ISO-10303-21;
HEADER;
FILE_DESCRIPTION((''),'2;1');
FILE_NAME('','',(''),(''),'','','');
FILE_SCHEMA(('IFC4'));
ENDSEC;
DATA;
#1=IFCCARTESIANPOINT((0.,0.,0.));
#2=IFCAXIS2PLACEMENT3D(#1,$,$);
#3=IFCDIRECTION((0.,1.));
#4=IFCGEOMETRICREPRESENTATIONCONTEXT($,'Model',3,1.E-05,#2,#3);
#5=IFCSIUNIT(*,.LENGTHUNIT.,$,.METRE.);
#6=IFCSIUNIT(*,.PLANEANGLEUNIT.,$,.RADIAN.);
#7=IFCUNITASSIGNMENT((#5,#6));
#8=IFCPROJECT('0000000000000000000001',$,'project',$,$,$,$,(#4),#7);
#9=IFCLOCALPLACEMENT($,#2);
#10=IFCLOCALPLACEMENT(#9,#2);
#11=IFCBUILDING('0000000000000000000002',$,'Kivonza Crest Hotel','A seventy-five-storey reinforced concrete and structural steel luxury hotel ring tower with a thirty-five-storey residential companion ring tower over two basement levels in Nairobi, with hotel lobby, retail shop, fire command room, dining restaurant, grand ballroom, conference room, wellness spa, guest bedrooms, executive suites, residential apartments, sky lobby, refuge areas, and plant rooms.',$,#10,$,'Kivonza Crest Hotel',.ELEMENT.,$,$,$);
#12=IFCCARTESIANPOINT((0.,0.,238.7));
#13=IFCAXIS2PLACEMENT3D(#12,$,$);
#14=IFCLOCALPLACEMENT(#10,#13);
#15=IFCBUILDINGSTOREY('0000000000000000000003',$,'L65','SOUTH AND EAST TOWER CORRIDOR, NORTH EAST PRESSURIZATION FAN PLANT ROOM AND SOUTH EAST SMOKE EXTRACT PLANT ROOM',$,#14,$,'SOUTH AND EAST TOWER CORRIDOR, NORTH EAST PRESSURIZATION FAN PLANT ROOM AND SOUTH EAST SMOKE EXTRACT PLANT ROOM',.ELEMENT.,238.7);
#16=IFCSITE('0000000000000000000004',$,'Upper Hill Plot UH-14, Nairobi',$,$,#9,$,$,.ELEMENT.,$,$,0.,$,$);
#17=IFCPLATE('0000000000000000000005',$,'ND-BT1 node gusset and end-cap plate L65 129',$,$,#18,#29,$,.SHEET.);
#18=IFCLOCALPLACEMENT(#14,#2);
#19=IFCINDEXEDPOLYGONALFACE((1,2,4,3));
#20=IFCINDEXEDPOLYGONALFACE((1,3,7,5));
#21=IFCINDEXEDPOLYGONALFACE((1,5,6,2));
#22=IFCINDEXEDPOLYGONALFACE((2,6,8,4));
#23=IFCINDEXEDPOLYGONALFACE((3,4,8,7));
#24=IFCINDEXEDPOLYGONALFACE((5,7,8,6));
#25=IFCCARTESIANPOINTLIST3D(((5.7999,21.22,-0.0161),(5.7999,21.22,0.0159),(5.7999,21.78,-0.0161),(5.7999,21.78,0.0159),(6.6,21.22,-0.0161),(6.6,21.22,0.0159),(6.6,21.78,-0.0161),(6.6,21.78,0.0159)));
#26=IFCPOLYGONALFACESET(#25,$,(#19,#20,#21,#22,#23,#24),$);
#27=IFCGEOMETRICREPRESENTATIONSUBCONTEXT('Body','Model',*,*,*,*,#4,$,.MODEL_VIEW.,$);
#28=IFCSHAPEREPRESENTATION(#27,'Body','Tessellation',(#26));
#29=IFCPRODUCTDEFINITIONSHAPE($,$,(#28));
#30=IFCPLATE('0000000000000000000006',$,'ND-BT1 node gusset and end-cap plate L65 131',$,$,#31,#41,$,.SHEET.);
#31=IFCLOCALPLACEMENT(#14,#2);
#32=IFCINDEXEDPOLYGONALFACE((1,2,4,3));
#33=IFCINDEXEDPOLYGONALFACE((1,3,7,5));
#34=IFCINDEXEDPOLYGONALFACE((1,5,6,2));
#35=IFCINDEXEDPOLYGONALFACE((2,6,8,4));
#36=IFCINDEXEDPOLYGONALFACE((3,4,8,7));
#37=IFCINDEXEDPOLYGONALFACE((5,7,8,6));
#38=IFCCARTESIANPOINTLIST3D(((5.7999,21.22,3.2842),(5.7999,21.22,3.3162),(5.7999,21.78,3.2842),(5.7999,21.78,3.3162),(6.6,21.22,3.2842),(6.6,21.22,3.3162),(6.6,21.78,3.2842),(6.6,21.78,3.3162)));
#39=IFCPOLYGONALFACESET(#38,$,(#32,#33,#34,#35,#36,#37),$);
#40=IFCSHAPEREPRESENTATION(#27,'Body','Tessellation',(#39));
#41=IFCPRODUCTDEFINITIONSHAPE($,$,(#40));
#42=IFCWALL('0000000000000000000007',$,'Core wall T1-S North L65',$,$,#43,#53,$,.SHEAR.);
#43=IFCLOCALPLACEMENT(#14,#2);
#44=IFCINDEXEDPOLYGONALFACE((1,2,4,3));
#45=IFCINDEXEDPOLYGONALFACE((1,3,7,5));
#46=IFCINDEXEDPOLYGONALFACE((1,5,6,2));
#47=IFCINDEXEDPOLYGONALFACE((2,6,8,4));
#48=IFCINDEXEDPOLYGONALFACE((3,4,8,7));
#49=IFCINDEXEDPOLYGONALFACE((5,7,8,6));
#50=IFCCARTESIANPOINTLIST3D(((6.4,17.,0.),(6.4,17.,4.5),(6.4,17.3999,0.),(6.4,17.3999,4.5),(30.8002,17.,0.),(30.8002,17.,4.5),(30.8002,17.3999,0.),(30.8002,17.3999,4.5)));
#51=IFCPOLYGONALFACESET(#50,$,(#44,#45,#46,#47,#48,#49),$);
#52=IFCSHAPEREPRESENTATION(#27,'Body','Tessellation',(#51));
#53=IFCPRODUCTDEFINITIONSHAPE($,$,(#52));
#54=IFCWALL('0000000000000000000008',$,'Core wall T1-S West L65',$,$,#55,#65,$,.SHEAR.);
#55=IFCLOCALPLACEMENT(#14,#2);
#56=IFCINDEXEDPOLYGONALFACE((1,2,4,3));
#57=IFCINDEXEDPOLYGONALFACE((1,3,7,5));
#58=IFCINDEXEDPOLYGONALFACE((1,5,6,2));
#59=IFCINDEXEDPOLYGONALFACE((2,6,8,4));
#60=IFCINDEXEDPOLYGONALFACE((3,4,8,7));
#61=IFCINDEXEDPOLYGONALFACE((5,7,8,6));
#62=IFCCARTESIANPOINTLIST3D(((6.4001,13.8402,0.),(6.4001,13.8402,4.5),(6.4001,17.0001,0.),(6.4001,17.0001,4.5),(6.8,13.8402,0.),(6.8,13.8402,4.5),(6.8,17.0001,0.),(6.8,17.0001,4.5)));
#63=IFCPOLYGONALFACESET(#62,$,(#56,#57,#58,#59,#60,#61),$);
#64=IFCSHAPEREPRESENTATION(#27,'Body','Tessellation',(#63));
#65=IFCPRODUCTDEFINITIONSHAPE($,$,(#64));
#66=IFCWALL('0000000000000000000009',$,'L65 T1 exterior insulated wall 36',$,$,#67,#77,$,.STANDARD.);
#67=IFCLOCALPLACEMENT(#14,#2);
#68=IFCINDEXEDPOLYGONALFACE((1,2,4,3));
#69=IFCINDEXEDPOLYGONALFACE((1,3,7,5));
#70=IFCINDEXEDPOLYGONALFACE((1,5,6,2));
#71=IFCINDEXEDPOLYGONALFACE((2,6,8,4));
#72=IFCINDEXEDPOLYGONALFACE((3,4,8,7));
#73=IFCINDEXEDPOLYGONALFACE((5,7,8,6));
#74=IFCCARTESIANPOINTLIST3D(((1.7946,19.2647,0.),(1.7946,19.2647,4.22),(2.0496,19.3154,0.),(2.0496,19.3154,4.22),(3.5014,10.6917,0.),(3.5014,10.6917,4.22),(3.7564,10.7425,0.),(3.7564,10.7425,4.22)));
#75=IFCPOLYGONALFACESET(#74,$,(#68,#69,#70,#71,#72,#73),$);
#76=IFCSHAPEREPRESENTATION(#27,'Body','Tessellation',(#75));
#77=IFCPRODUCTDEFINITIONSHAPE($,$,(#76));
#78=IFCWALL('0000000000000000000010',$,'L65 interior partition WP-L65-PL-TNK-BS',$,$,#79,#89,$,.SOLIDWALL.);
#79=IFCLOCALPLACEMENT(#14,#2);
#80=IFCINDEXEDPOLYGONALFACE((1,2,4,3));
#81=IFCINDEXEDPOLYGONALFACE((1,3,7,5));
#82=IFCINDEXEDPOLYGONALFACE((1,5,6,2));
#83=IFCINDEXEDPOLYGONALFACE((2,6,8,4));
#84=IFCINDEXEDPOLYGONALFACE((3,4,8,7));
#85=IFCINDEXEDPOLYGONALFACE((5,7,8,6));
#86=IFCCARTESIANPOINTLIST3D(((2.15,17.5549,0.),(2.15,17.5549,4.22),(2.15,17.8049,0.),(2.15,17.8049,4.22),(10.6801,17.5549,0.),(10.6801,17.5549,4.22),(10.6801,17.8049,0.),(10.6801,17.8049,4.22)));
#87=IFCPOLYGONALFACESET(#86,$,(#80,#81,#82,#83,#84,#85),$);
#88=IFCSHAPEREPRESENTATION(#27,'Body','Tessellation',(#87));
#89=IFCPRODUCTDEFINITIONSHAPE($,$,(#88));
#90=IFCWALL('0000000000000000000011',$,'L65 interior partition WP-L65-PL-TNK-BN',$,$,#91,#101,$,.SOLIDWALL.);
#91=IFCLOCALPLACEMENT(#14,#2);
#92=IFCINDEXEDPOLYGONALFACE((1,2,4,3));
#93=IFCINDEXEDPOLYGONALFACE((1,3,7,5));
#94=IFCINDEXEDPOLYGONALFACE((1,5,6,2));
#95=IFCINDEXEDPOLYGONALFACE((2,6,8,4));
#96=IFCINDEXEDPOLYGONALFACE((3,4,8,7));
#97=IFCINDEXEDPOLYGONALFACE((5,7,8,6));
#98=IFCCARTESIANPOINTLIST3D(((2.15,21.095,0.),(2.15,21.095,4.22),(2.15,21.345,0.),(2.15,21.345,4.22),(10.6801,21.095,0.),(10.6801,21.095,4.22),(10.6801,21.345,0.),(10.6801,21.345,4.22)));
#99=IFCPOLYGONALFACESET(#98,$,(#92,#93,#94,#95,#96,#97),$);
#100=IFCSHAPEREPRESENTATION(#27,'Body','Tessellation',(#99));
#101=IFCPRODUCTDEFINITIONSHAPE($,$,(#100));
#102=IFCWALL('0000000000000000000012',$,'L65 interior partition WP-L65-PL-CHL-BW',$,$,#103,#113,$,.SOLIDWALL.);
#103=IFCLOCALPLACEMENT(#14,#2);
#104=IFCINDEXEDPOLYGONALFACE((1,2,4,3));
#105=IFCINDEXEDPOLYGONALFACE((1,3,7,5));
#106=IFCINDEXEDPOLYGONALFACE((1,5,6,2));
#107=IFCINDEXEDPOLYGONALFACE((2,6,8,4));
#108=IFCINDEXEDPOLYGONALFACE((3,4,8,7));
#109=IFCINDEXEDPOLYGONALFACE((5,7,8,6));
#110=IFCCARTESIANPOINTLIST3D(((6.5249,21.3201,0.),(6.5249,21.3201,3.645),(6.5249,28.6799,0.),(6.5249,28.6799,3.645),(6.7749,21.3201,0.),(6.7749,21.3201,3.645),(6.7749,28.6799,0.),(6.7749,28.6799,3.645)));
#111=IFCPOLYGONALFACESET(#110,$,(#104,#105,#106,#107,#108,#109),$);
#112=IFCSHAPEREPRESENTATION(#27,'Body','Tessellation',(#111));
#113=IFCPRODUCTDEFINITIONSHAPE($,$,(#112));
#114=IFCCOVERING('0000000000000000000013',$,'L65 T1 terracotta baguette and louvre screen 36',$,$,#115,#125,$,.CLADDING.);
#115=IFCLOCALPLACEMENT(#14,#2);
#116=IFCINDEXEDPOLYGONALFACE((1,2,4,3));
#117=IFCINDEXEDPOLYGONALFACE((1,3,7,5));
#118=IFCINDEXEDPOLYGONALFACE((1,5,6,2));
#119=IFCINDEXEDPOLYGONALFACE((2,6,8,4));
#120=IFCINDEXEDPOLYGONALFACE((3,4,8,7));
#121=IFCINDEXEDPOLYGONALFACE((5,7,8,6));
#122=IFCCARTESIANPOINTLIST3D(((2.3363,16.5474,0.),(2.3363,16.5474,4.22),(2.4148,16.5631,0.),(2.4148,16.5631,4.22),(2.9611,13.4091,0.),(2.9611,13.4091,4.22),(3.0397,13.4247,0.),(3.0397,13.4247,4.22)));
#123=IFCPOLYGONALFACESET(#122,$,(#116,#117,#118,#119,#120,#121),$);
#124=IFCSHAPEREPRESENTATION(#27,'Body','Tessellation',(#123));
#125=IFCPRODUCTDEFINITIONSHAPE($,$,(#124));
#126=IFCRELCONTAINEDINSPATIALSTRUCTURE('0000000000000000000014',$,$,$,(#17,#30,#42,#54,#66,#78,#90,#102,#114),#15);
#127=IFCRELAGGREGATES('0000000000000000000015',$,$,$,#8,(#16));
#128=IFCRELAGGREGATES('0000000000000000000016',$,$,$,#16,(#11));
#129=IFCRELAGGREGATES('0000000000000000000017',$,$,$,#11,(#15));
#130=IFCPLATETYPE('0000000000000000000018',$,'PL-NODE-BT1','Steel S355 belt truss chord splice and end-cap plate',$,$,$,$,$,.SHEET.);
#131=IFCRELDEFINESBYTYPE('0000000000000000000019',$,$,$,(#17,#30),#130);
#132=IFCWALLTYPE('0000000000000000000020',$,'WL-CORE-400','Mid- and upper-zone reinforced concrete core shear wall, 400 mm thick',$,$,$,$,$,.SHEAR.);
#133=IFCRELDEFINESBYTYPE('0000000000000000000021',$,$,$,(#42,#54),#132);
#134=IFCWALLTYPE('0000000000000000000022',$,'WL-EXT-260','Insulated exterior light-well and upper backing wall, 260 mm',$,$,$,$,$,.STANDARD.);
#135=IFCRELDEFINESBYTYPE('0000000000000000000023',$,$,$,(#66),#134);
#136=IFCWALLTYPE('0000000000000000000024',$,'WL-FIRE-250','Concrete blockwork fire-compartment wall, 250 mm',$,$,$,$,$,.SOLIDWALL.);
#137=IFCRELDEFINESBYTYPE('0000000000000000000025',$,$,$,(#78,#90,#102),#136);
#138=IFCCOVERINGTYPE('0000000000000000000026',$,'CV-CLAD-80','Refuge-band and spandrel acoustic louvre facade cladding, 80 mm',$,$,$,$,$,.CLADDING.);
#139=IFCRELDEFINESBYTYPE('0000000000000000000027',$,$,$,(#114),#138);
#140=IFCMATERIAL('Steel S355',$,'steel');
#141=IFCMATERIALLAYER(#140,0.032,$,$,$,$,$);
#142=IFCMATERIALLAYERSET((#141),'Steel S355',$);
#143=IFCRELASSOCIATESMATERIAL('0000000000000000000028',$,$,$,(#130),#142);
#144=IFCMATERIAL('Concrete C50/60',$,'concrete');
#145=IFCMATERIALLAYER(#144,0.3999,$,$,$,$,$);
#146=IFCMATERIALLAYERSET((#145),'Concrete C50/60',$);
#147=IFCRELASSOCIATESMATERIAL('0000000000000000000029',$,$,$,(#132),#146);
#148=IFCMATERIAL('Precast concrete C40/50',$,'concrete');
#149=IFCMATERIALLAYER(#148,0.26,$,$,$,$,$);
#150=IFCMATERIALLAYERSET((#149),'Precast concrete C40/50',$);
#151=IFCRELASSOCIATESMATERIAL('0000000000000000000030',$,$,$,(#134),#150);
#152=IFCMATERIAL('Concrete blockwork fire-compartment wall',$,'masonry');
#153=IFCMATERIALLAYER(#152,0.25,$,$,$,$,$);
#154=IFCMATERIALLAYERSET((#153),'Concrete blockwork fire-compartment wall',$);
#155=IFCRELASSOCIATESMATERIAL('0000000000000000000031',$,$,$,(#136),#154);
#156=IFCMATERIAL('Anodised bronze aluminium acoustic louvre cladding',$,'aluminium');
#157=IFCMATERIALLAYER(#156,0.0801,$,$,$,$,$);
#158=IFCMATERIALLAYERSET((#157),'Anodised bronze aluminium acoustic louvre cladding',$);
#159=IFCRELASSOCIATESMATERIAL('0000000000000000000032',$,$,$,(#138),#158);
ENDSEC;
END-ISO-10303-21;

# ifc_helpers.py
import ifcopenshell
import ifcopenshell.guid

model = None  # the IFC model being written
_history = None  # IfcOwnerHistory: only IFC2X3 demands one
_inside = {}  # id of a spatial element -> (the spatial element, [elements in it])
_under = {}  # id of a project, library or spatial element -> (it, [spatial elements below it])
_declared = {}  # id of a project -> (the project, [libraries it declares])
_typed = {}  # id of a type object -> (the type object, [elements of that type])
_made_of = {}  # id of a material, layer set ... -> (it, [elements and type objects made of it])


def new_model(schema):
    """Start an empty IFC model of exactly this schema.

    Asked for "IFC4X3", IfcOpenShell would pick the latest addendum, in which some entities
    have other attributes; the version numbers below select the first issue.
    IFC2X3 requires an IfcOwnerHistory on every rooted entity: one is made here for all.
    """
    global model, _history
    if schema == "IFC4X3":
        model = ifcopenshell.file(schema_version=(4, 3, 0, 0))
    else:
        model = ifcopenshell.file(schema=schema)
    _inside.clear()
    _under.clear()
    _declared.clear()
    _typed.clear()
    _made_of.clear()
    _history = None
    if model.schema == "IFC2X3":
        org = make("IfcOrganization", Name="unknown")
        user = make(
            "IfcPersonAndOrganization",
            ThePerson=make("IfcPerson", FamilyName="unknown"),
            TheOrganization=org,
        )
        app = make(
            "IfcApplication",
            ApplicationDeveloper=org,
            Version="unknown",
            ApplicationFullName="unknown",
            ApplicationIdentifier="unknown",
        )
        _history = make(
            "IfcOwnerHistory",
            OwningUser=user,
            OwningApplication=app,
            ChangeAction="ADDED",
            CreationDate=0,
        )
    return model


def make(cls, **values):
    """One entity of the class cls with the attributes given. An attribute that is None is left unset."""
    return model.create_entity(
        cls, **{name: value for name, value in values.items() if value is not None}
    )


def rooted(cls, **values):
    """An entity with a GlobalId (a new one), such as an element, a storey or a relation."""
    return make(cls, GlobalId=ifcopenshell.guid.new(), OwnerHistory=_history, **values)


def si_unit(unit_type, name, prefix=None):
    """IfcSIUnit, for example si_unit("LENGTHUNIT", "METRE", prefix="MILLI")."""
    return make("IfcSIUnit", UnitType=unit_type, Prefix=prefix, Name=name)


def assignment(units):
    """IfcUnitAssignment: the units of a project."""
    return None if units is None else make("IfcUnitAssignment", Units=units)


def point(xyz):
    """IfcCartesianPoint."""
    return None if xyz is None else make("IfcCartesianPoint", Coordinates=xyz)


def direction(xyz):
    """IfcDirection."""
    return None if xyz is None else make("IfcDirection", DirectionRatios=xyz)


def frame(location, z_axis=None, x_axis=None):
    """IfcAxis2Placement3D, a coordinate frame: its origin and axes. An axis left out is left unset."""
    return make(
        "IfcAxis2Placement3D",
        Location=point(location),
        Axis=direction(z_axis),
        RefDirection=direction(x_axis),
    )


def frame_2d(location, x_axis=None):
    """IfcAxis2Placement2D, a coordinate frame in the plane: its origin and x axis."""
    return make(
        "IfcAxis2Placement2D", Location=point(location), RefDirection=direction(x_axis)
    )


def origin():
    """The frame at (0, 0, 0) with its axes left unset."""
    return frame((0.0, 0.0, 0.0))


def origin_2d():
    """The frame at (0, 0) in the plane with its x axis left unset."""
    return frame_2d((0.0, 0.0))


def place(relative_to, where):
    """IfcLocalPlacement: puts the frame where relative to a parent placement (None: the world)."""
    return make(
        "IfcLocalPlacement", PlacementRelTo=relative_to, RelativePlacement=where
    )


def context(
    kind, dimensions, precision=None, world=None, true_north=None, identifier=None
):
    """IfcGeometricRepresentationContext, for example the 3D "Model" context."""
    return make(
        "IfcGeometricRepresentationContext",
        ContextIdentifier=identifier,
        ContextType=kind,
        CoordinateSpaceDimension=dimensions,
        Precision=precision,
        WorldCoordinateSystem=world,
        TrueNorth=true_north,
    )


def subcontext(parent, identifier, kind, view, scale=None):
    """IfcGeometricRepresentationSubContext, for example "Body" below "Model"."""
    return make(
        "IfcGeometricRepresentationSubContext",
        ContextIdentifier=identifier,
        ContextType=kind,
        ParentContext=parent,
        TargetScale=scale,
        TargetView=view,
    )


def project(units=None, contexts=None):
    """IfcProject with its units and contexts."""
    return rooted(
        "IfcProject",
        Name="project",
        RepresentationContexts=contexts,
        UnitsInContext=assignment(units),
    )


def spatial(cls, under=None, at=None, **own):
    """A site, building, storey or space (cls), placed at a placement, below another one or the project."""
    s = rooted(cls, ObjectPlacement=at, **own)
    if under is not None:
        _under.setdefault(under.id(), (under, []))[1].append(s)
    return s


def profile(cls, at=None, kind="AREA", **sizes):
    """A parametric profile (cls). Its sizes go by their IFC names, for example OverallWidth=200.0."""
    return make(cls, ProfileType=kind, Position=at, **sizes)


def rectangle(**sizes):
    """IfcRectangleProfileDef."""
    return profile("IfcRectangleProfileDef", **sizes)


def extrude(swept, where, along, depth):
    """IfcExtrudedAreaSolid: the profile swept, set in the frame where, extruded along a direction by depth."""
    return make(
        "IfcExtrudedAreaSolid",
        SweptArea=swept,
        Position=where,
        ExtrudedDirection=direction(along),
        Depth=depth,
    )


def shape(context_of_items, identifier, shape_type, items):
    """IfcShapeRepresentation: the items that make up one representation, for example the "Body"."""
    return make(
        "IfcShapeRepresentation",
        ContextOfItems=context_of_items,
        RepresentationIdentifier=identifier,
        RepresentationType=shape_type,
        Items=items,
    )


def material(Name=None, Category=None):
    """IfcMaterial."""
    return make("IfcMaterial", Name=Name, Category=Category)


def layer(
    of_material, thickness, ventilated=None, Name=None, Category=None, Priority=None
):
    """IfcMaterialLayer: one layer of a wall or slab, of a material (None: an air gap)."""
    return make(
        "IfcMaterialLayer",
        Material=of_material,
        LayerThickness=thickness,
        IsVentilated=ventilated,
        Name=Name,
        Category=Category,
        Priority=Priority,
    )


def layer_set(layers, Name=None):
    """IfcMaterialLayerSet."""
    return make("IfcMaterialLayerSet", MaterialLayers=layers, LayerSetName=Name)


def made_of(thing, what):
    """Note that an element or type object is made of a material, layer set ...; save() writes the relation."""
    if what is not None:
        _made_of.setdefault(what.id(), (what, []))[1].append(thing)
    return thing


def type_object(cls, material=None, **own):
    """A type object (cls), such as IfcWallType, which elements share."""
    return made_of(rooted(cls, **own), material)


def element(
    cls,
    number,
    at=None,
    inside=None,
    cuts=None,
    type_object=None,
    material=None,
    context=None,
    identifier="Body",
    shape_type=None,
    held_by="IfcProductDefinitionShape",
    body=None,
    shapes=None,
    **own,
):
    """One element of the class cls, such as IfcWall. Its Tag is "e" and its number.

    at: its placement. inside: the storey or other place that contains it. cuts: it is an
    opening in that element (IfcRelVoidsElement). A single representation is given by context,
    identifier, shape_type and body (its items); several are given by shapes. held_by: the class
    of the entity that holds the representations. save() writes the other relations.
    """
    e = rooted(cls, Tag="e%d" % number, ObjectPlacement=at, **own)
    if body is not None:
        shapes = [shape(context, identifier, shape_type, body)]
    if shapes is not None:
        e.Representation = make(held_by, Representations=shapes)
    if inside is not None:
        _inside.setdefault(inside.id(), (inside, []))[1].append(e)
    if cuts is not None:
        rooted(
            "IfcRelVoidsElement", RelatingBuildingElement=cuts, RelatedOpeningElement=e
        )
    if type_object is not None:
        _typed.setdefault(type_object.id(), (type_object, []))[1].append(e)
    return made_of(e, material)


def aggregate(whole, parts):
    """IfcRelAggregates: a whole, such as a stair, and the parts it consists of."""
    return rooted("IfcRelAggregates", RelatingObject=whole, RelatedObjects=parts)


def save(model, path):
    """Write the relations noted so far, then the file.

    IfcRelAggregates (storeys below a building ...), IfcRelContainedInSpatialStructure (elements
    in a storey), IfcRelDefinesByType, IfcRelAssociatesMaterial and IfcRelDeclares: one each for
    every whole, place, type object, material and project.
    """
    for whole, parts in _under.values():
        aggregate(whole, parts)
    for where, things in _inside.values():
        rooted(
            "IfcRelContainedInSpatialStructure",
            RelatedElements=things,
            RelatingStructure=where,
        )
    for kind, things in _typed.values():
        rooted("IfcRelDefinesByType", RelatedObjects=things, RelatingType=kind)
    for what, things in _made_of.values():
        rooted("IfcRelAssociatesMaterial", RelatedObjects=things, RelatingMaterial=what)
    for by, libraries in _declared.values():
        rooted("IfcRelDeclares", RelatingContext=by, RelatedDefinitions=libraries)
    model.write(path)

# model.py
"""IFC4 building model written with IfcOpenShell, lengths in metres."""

from ifc_helpers import new_model, si_unit, direction, frame, frame_2d, origin, origin_2d, place, context, subcontext, project, spatial, rectangle, extrude, material, layer, layer_set, type_object, element, save


model = new_model("IFC4")

# Units and contexts
model_context = context("Model", 3, precision=1e-05, world=origin(), true_north=direction((0.0, 1.0)))
body_context = subcontext(model_context, "Body", "Model", "MODEL_VIEW")
ifc_project = project(units=[si_unit("LENGTHUNIT", "METRE"), si_unit("PLANEANGLEUNIT", "RADIAN")], contexts=[model_context])

# Site, building, storey
site_placement = place(None, origin())
site = spatial("IfcSite", under=ifc_project, at=site_placement, Name="Upper Hill Plot UH-14, Nairobi", CompositionType="ELEMENT", RefElevation=0.0)
building_placement = place(site_placement, origin())
building = spatial("IfcBuilding", under=site, at=building_placement, Name="Kivonza Crest Hotel", Description="A seventy-five-storey reinforced concrete and structural steel luxury hotel ring tower with a thirty-five-storey residential companion ring tower over two basement levels in Nairobi, with hotel lobby, retail shop, fire command room, dining restaurant, grand ballroom, conference room, wellness spa, guest bedrooms, executive suites, residential apartments, sky lobby, refuge areas, and plant rooms.", LongName="Kivonza Crest Hotel", CompositionType="ELEMENT")
storey_placement = place(building_placement, frame((0.0, 0.0, 238.7)))
storey = spatial("IfcBuildingStorey", under=building, at=storey_placement, Name="L65", Description="SOUTH AND EAST TOWER CORRIDOR, NORTH EAST PRESSURIZATION FAN PLANT ROOM AND SOUTH EAST SMOKE EXTRACT PLANT ROOM", LongName="SOUTH AND EAST TOWER CORRIDOR, NORTH EAST PRESSURIZATION FAN PLANT ROOM AND SOUTH EAST SMOKE EXTRACT PLANT ROOM", CompositionType="ELEMENT", Elevation=238.7)

# Shared definitions
ifc_material_1 = material(Name="Concrete C50/60", Category="concrete")

# Shared definitions
ifc_material_2 = material(Name="Steel S355", Category="steel")

# Plates
ifc_layer_1 = layer(ifc_material_2, 0.032)
ifc_layer_set_1 = layer_set([ifc_layer_1], Name="Steel S355")
plate_type = type_object("IfcPlateType", Name="PL-NODE-BT1", Description="Steel S355 belt truss chord splice and end-cap plate", PredefinedType="SHEET", material=ifc_layer_set_1)
for number, where, z_axis, x_axis, name in (
    (1, (6.2, 21.5, -0.0161), (0.0, 0.0, 1.0), (1.0, 0.0, 0.0), "ND-BT1 node gusset and end-cap plate L65 129"),
    (2, (6.2, 21.5, 3.2842), (0.0, 0.0, 1.0), (1.0, 0.0, 0.0), "ND-BT1 node gusset and end-cap plate L65 131"),
):
    element("IfcPlate", number, at=place(storey_placement, frame(where, z_axis=z_axis, x_axis=x_axis)), inside=storey, type_object=plate_type, Name=name, PredefinedType="SHEET", context=body_context, shape_type="SweptSolid", body=[
        extrude(rectangle(XDim=0.8, YDim=0.5601, at=origin_2d()), origin(), (0.0, 0.0, 1.0), 0.032),
    ])

# Shared definitions
ifc_layer_2 = layer(ifc_material_1, 0.3999)
ifc_layer_set_2 = layer_set([ifc_layer_2], Name="Concrete C50/60")
wall_type_1 = type_object("IfcWallType", Name="WL-CORE-400", Description="Mid- and upper-zone reinforced concrete core shear wall, 400 mm thick", PredefinedType="SHEAR", material=ifc_layer_set_2)

# Walls
wall_1_placement = place(storey_placement, frame((6.3999, 17.2, 0.0), z_axis=(0.0, 0.0, 1.0), x_axis=(1.0, 0.0, 0.0)))
element("IfcWall", 3, at=wall_1_placement, inside=storey, type_object=wall_type_1, Name="Core wall T1-S North L65", PredefinedType="SHEAR", context=body_context, shape_type="SweptSolid", body=[
    extrude(rectangle(XDim=24.4001, YDim=0.3999, at=frame_2d((12.2002, 0.0))), origin(), (0.0, 0.0, 1.0), 4.5),
])
wall_2_placement = place(storey_placement, frame((6.6001, 13.8401, 0.0), z_axis=(0.0, 0.0, 1.0), x_axis=(0.0, 1.0, 0.0)))
element("IfcWall", 4, at=wall_2_placement, inside=storey, type_object=wall_type_1, Name="Core wall T1-S West L65", PredefinedType="SHEAR", context=body_context, shape_type="SweptSolid", body=[
    extrude(rectangle(XDim=3.1599, YDim=0.3999, at=frame_2d((1.5801, 0.0))), origin(), (0.0, 0.0, 1.0), 4.5),
])
ifc_material_3 = material(Name="Precast concrete C40/50", Category="concrete")
ifc_layer_3 = layer(ifc_material_3, 0.26)
ifc_layer_set_3 = layer_set([ifc_layer_3], Name="Precast concrete C40/50")
wall_type_2 = type_object("IfcWallType", Name="WL-EXT-260", Description="Insulated exterior light-well and upper backing wall, 260 mm", PredefinedType="STANDARD", material=ifc_layer_set_3)
wall_3_placement = place(storey_placement, frame((1.9221, 19.29, 0.0), z_axis=(0.0, 0.0, 1.0), x_axis=(0.195257, -0.980752, 0.0)))
element("IfcWall", 5, at=wall_3_placement, inside=storey, type_object=wall_type_2, Name="L65 T1 exterior insulated wall 36", PredefinedType="STANDARD", context=body_context, shape_type="SweptSolid", body=[
    extrude(rectangle(XDim=8.7412, YDim=0.26, at=frame_2d((4.3706, 0.0))), origin(), (0.0, 0.0, 1.0), 4.22),
])
ifc_material_4 = material(Name="Concrete blockwork fire-compartment wall", Category="masonry")
ifc_layer_4 = layer(ifc_material_4, 0.25)
ifc_layer_set_4 = layer_set([ifc_layer_4], Name="Concrete blockwork fire-compartment wall")
wall_type_3 = type_object("IfcWallType", Name="WL-FIRE-250", Description="Concrete blockwork fire-compartment wall, 250 mm", PredefinedType="SOLIDWALL", material=ifc_layer_set_4)
for number, where, z_axis, x_axis, name in (
    (6, (2.1499, 17.6799, 0.0), (0.0, 0.0, 1.0), (1.0, 0.0, 0.0), "L65 interior partition WP-L65-PL-TNK-BS"),
    (7, (2.1499, 21.22, 0.0), (0.0, 0.0, 1.0), (1.0, 0.0, 0.0), "L65 interior partition WP-L65-PL-TNK-BN"),
):
    element("IfcWall", number, at=place(storey_placement, frame(where, z_axis=z_axis, x_axis=x_axis)), inside=storey, type_object=wall_type_3, Name=name, PredefinedType="SOLIDWALL", context=body_context, shape_type="SweptSolid", body=[
        extrude(rectangle(XDim=8.53, YDim=0.25, at=frame_2d((4.2651, 0.0))), origin(), (0.0, 0.0, 1.0), 4.22),
    ])
wall_4_placement = place(storey_placement, frame((6.6499, 21.3201, 0.0), z_axis=(0.0, 0.0, 1.0), x_axis=(0.0, 1.0, 0.0)))
element("IfcWall", 8, at=wall_4_placement, inside=storey, type_object=wall_type_3, Name="L65 interior partition WP-L65-PL-CHL-BW", PredefinedType="SOLIDWALL", context=body_context, shape_type="SweptSolid", body=[
    extrude(rectangle(XDim=7.3599, YDim=0.25, at=frame_2d((3.6799, 0.0))), origin(), (0.0, 0.0, 1.0), 3.645),
])

# Covering
ifc_material_5 = material(Name="Anodised bronze aluminium acoustic louvre cladding", Category="aluminium")
ifc_layer_5 = layer(ifc_material_5, 0.0801)
ifc_layer_set_5 = layer_set([ifc_layer_5], Name="Anodised bronze aluminium acoustic louvre cladding")
covering_type = type_object("IfcCoveringType", Name="CV-CLAD-80", Description="Refuge-band and spandrel acoustic louvre facade cladding, 80 mm", PredefinedType="CLADDING", material=ifc_layer_set_5)
covering_placement = place(storey_placement, frame((2.688, 14.9861, 0.0), z_axis=(0.0, 0.0, 1.0), x_axis=(0.195261, -0.980751, 0.0)))
element("IfcCovering", 9, at=covering_placement, inside=storey, type_object=covering_type, Name="L65 T1 terracotta baguette and louvre screen 36", PredefinedType="CLADDING", context=body_context, shape_type="SweptSolid", body=[
    extrude(rectangle(XDim=3.2, YDim=0.0801, at=origin_2d()), origin(), (0.0, 0.0, 1.0), 4.22),
])

save(model, "model.ifc")
